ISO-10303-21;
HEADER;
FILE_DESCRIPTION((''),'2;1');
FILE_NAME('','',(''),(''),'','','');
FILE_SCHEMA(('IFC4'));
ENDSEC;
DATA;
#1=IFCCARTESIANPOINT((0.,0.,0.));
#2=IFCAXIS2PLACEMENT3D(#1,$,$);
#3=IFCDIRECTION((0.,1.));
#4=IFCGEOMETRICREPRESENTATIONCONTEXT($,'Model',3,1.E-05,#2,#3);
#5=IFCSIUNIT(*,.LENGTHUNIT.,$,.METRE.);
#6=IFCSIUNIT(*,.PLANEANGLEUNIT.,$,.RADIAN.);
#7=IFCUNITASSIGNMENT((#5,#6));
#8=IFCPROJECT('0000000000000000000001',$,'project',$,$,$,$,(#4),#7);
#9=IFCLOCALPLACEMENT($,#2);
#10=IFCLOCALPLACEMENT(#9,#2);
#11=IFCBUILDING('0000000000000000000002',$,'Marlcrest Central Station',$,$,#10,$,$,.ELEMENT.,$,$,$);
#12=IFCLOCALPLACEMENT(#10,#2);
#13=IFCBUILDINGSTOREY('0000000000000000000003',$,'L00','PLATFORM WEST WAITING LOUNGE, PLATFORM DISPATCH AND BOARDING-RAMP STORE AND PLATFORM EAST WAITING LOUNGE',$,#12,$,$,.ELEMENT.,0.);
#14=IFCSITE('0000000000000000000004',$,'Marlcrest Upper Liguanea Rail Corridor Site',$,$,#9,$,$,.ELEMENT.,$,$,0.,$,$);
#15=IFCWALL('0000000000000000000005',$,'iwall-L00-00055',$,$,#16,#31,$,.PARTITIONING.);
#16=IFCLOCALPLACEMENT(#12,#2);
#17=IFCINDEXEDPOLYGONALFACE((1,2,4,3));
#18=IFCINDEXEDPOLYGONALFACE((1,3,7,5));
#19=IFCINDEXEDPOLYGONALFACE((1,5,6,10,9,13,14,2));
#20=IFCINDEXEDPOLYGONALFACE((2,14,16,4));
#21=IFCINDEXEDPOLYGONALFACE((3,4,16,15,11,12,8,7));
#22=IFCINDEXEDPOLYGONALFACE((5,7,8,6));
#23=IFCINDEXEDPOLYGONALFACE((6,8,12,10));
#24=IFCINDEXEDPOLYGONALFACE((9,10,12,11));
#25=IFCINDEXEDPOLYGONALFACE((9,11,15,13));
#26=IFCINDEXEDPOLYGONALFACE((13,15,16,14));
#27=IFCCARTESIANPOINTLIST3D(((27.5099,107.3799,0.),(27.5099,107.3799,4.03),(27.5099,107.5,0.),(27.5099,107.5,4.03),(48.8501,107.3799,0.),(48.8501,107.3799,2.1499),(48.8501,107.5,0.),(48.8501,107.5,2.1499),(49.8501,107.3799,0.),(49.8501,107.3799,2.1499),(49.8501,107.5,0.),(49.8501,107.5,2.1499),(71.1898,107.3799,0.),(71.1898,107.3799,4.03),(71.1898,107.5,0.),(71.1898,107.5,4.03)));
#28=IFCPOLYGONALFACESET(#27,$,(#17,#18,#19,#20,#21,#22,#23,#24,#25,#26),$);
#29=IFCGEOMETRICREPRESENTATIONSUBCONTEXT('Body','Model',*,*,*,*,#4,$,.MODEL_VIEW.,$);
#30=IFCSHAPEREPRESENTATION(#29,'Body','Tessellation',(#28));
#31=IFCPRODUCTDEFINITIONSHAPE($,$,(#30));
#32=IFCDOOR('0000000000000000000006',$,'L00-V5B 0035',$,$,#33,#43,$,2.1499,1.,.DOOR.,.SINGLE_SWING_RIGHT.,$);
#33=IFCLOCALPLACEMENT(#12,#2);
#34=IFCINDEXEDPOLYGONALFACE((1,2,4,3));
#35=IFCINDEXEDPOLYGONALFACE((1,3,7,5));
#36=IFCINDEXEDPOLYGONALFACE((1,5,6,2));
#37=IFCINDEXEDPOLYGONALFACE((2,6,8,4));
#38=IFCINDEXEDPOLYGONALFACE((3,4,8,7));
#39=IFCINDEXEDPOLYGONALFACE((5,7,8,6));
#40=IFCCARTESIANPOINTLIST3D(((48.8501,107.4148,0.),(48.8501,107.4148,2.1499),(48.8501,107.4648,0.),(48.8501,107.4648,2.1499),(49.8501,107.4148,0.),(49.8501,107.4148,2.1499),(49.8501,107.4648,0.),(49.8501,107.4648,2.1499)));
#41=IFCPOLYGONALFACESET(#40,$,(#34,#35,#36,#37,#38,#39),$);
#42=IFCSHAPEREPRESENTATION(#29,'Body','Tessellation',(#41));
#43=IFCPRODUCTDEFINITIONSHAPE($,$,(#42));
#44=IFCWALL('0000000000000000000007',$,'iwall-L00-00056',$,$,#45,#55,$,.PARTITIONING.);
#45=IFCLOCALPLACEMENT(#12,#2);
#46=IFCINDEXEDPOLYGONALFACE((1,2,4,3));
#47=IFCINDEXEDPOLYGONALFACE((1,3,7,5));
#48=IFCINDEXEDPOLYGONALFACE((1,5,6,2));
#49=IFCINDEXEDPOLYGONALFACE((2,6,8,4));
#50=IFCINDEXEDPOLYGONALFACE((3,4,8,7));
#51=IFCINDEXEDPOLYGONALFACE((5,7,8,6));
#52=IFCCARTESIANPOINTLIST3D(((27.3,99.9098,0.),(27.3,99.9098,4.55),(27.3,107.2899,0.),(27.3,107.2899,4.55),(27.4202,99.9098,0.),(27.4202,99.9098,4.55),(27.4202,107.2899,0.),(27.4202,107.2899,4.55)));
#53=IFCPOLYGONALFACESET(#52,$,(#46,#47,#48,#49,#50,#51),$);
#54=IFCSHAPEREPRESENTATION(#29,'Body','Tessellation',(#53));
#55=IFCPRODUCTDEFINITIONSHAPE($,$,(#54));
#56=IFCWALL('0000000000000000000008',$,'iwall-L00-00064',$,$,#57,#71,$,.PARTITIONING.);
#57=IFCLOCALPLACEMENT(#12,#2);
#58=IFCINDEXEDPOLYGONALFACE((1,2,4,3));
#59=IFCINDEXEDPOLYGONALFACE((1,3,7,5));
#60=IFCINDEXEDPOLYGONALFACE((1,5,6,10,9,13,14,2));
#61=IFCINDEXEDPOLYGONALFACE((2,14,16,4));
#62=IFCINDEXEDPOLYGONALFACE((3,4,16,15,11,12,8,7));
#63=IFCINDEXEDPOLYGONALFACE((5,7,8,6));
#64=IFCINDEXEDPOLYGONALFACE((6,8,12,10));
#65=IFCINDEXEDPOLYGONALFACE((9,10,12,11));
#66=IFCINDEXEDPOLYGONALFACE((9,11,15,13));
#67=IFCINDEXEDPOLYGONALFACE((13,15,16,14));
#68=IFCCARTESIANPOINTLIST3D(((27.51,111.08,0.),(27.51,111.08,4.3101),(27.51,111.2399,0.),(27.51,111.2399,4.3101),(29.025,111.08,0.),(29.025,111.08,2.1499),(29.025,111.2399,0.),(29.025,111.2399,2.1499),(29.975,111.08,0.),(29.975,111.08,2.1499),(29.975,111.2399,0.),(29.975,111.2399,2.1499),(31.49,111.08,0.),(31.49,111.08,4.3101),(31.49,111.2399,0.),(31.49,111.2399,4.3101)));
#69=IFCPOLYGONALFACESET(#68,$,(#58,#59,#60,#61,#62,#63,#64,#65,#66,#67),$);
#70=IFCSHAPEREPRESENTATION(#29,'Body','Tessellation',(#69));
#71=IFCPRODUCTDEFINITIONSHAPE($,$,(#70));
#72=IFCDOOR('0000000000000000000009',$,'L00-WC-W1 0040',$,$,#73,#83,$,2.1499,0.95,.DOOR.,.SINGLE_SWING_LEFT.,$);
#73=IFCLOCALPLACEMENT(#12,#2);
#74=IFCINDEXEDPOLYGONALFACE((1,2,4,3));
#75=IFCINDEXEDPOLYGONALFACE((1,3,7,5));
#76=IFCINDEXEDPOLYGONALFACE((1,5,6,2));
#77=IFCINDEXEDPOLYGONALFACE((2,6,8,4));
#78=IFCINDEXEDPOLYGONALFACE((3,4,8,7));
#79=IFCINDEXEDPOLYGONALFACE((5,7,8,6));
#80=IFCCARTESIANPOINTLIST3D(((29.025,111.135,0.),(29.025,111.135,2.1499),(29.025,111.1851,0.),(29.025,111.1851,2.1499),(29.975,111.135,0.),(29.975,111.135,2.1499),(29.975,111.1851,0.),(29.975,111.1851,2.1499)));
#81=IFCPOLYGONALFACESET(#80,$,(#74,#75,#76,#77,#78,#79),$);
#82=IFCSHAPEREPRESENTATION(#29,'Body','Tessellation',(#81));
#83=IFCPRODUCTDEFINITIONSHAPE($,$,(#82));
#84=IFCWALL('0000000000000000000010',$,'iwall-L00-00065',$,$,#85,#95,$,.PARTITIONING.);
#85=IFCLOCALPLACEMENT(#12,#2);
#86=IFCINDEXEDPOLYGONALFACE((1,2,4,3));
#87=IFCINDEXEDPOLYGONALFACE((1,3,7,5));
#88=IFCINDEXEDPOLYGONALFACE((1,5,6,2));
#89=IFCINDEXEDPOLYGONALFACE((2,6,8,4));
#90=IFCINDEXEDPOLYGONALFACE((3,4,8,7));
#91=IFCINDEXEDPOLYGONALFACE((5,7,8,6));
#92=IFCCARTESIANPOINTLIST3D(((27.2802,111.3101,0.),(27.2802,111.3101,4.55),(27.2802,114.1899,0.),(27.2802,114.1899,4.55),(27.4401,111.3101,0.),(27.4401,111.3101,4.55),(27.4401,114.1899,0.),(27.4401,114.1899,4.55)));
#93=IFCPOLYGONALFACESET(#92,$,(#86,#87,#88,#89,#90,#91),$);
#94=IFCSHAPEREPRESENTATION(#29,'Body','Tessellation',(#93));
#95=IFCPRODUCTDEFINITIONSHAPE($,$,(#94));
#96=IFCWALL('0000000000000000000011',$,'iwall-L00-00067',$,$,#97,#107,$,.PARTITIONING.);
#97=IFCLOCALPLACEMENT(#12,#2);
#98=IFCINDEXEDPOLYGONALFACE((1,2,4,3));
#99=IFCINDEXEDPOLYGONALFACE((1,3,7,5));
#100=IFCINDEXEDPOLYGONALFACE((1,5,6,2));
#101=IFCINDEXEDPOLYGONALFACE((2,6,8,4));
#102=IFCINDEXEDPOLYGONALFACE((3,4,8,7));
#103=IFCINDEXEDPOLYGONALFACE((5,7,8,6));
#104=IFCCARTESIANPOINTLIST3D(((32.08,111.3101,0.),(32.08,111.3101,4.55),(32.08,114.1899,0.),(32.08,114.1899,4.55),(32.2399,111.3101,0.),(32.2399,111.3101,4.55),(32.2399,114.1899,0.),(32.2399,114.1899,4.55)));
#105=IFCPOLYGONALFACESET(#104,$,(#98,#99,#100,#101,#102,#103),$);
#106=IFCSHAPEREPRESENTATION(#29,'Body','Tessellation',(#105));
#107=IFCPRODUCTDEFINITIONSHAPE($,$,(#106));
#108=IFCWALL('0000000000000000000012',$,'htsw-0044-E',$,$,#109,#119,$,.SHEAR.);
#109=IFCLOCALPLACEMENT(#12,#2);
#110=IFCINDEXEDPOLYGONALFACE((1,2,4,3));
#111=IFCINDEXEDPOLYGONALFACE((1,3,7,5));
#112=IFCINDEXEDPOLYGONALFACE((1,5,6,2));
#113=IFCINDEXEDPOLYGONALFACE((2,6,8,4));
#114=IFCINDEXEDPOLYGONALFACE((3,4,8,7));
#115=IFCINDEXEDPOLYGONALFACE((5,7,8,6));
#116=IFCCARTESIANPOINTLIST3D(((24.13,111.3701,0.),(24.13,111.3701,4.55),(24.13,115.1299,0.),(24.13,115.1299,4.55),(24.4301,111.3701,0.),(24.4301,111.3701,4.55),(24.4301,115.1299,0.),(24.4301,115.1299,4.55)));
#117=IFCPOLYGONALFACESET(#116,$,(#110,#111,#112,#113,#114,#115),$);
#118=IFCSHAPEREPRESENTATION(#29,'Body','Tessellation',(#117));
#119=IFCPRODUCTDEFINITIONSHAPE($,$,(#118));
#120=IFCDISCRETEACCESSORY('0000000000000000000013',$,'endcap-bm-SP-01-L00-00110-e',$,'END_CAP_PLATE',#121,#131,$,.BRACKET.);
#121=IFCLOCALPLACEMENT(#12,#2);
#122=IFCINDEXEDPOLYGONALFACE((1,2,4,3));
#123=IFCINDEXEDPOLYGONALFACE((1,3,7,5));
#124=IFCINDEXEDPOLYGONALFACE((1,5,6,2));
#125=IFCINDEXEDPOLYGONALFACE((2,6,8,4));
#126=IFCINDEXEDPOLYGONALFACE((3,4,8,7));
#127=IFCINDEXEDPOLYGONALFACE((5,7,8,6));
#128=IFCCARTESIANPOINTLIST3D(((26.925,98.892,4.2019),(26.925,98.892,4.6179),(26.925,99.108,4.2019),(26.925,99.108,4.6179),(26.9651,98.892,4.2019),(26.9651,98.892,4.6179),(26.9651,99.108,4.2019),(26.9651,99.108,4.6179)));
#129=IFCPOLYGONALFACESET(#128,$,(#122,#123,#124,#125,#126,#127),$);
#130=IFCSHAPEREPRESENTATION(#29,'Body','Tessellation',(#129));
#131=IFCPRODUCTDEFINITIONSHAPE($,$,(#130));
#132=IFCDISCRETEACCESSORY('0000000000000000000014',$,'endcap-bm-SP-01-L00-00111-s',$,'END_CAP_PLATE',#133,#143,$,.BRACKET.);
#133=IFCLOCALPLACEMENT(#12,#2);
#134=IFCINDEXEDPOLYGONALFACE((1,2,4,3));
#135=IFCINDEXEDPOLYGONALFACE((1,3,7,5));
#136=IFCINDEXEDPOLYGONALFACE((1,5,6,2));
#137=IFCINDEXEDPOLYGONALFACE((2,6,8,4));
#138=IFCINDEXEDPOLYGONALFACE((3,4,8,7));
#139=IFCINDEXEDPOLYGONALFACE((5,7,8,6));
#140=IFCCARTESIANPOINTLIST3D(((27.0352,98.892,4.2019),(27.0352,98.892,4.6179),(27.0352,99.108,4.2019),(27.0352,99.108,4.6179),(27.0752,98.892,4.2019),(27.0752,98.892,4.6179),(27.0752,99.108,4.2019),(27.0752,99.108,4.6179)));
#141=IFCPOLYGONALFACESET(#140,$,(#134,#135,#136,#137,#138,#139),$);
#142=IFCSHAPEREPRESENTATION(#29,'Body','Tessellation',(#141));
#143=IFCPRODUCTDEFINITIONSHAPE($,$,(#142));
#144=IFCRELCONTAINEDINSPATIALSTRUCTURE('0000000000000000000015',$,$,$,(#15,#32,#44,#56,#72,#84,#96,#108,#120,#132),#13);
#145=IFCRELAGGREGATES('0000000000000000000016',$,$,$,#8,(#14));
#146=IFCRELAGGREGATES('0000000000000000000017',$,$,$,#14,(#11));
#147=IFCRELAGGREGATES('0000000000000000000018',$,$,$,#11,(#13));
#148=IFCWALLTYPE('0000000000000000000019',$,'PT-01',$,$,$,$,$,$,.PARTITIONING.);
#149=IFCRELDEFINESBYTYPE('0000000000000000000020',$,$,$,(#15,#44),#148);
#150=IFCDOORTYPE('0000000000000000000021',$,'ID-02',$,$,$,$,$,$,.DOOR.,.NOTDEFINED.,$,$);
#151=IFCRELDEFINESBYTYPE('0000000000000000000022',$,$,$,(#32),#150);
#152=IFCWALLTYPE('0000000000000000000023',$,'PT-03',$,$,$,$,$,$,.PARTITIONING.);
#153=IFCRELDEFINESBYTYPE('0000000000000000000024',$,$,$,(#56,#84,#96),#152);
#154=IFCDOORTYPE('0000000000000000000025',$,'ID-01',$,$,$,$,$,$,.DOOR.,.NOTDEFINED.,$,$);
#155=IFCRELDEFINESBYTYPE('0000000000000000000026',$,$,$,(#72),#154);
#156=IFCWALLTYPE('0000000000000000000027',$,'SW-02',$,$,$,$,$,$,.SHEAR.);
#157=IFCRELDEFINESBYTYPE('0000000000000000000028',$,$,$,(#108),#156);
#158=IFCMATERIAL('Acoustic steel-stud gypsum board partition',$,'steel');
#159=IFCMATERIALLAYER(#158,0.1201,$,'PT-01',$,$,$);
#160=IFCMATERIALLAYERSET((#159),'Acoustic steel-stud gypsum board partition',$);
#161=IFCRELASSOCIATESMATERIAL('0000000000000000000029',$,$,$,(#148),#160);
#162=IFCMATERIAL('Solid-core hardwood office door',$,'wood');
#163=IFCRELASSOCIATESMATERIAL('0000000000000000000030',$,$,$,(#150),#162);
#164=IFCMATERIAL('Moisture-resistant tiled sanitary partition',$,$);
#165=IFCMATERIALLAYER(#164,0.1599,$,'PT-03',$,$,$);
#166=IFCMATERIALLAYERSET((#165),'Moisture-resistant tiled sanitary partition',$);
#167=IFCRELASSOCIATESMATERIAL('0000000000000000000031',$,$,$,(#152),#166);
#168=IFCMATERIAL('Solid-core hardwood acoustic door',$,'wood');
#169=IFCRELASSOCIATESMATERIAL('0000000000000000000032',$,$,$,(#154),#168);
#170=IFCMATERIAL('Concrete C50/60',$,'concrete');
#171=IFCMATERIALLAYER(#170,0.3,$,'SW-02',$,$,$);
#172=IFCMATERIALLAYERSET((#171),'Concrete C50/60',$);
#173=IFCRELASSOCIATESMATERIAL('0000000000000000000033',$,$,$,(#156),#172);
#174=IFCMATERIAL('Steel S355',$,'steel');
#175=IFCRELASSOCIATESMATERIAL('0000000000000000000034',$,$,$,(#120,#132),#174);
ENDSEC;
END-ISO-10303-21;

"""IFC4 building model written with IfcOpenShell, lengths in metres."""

from ifc_helpers import new_model, si_unit, direction, frame, frame_2d, origin, origin_2d, place, context, subcontext, project, spatial, rectangle, extrude, material, layer, layer_set, type_object, element, fill, save


model = new_model("IFC4")

# Units and contexts
model_context = context("Model", 3, precision=1e-05, world=origin(), true_north=direction((0.0, 1.0)))
body_context = subcontext(model_context, "Body", "Model", "MODEL_VIEW")
ifc_project = project(units=[si_unit("LENGTHUNIT", "METRE"), si_unit("PLANEANGLEUNIT", "RADIAN")], contexts=[model_context])

# Site, building, storey
site_placement = place(None, origin())
site = spatial("IfcSite", under=ifc_project, at=site_placement, Name="Marlcrest Upper Liguanea Rail Corridor Site", CompositionType="ELEMENT", RefElevation=0.0)
building_placement = place(site_placement, origin())
building = spatial("IfcBuilding", under=site, at=building_placement, Name="Marlcrest Central Station", CompositionType="ELEMENT")
storey_placement = place(building_placement, origin())
storey = spatial("IfcBuildingStorey", under=building, at=storey_placement, Name="L00", Description="PLATFORM WEST WAITING LOUNGE, PLATFORM DISPATCH AND BOARDING-RAMP STORE AND PLATFORM EAST WAITING LOUNGE", CompositionType="ELEMENT", Elevation=0.0)

# Shared definitions
ifc_material_1 = material(Name="Steel S355", Category="steel")

# Wall, opening, door
ifc_material_2 = material(Name="Acoustic steel-stud gypsum board partition", Category="steel")
ifc_layer_1 = layer(ifc_material_2, 0.1201, Name="PT-01")
ifc_layer_set_1 = layer_set([ifc_layer_1], Name="Acoustic steel-stud gypsum board partition")
wall_type_1 = type_object("IfcWallType", Name="PT-01", PredefinedType="PARTITIONING", material=ifc_layer_set_1)
wall_1_placement = place(storey_placement, frame((27.51, 107.4399, 0.0), z_axis=(0.0, 0.0, 1.0), x_axis=(1.0, 0.0, 0.0)))
wall_1 = element("IfcWall", 1, at=wall_1_placement, inside=storey, type_object=wall_type_1, Name="iwall-L00-00055", PredefinedType="PARTITIONING", context=body_context, shape_type="SweptSolid", body=[
    extrude(rectangle(XDim=43.6799, YDim=0.1201, at=frame_2d((21.8398, 0.0))), origin(), (0.0, 0.0, 1.0), 4.03),
])
opening_1_placement = place(wall_1_placement, frame((21.3401, 0.0, 0.0)))
opening_1 = element("IfcOpeningElement", 2, at=opening_1_placement, cuts=wall_1, PredefinedType="OPENING", context=body_context, shape_type="SweptSolid", body=[
    extrude(rectangle(XDim=1.0, YDim=2.1499, at=frame_2d((0.5, 1.075))), frame((0.0, 0.0701, 0.0), z_axis=(0.0, -1.0, 0.0), x_axis=(1.0, 0.0, 0.0)), (0.0, 0.0, 1.0), 0.1401),
])
ifc_material_3 = material(Name="Solid-core hardwood office door", Category="wood")
door_type_1 = type_object("IfcDoorType", Name="ID-02", OperationType="NOTDEFINED", PredefinedType="DOOR", material=ifc_material_3)
door_1_placement = place(opening_1_placement, origin())
door_1 = element("IfcDoor", 3, at=door_1_placement, inside=storey, type_object=door_type_1, Name="L00-V5B 0035", OperationType="SINGLE_SWING_RIGHT", OverallHeight=2.1499, OverallWidth=1.0, PredefinedType="DOOR", context=body_context, shape_type="SweptSolid", body=[
    extrude(rectangle(XDim=1.0, YDim=2.1499, at=frame_2d((0.5, 1.075))), frame((0.0, 0.0249, 0.0), z_axis=(0.0, -1.0, 0.0), x_axis=(1.0, 0.0, 0.0)), (0.0, 0.0, 1.0), 0.05),
])
fill(opening_1, door_1)

# Wall
wall_2_placement = place(storey_placement, frame((27.3601, 99.9099, 0.0), z_axis=(0.0, 0.0, 1.0), x_axis=(0.0, 1.0, 0.0)))
element("IfcWall", 4, at=wall_2_placement, inside=storey, type_object=wall_type_1, Name="iwall-L00-00056", PredefinedType="PARTITIONING", context=body_context, shape_type="SweptSolid", body=[
    extrude(rectangle(XDim=7.3801, YDim=0.1201, at=frame_2d((3.6899, 0.0))), origin(), (0.0, 0.0, 1.0), 4.55),
])

# Wall, opening, door
ifc_material_4 = material(Name="Moisture-resistant tiled sanitary partition")
ifc_layer_2 = layer(ifc_material_4, 0.1599, Name="PT-03")
ifc_layer_set_2 = layer_set([ifc_layer_2], Name="Moisture-resistant tiled sanitary partition")
wall_type_2 = type_object("IfcWallType", Name="PT-03", PredefinedType="PARTITIONING", material=ifc_layer_set_2)
wall_3_placement = place(storey_placement, frame((31.49, 111.1599, 0.0), z_axis=(0.0, 0.0, 1.0), x_axis=(-1.0, 0.0, 0.0)))
wall_3 = element("IfcWall", 5, at=wall_3_placement, inside=storey, type_object=wall_type_2, Name="iwall-L00-00064", PredefinedType="PARTITIONING", context=body_context, shape_type="SweptSolid", body=[
    extrude(rectangle(XDim=3.98, YDim=0.1599, at=frame_2d((1.99, 0.0))), origin(), (0.0, 0.0, 1.0), 4.3101),
])
opening_2_placement = place(wall_3_placement, frame((1.5149, 0.0, 0.0)))
opening_2 = element("IfcOpeningElement", 6, at=opening_2_placement, cuts=wall_3, PredefinedType="OPENING", context=body_context, shape_type="SweptSolid", body=[
    extrude(rectangle(XDim=0.95, YDim=2.1499, at=frame_2d((0.4751, 1.075))), frame((0.0, 0.0898, 0.0), z_axis=(0.0, -1.0, 0.0), x_axis=(1.0, 0.0, 0.0)), (0.0, 0.0, 1.0), 0.1799),
])
ifc_material_5 = material(Name="Solid-core hardwood acoustic door", Category="wood")
door_type_2 = type_object("IfcDoorType", Name="ID-01", OperationType="NOTDEFINED", PredefinedType="DOOR", material=ifc_material_5)
door_2_placement = place(opening_2_placement, origin())
door_2 = element("IfcDoor", 7, at=door_2_placement, inside=storey, type_object=door_type_2, Name="L00-WC-W1 0040", OperationType="SINGLE_SWING_LEFT", OverallHeight=2.1499, OverallWidth=0.95, PredefinedType="DOOR", context=body_context, shape_type="SweptSolid", body=[
    extrude(rectangle(XDim=0.95, YDim=2.1499, at=frame_2d((0.4751, 1.075))), frame((0.0, 0.0249, 0.0), z_axis=(0.0, -1.0, 0.0), x_axis=(1.0, 0.0, 0.0)), (0.0, 0.0, 1.0), 0.05),
])
fill(opening_2, door_2)

# Walls
for number, where, z_axis, x_axis, name in (
    (8, (27.3601, 111.3101, 0.0), (0.0, 0.0, 1.0), (0.0, 1.0, 0.0), "iwall-L00-00065"),
    (9, (32.1599, 111.3101, 0.0), (0.0, 0.0, 1.0), (0.0, 1.0, 0.0), "iwall-L00-00067"),
):
    element("IfcWall", number, at=place(storey_placement, frame(where, z_axis=z_axis, x_axis=x_axis)), inside=storey, type_object=wall_type_2, Name=name, PredefinedType="PARTITIONING", context=body_context, shape_type="SweptSolid", body=[
        extrude(rectangle(XDim=2.8799, YDim=0.1599, at=frame_2d((1.4399, 0.0))), origin(), (0.0, 0.0, 1.0), 4.55),
    ])
ifc_material_6 = material(Name="Concrete C50/60", Category="concrete")
ifc_layer_3 = layer(ifc_material_6, 0.3, Name="SW-02")
ifc_layer_set_3 = layer_set([ifc_layer_3], Name="Concrete C50/60")
wall_type_3 = type_object("IfcWallType", Name="SW-02", PredefinedType="SHEAR", material=ifc_layer_set_3)
wall_4_placement = place(storey_placement, frame((24.28, 111.3701, 0.0), z_axis=(0.0, 0.0, 1.0), x_axis=(0.0, 1.0, 0.0)))
element("IfcWall", 10, at=wall_4_placement, inside=storey, type_object=wall_type_3, Name="htsw-0044-E", PredefinedType="SHEAR", context=body_context, shape_type="SweptSolid", body=[
    extrude(rectangle(XDim=3.7598, YDim=0.3, at=frame_2d((1.8799, 0.0))), origin(), (0.0, 0.0, 1.0), 4.55),
])

# Discrete accessories
for number, where, z_axis, x_axis, name in (
    (11, (26.925, 99.0, 4.4099), (1.0, 0.0, 0.0), (0.0, 1.0, 0.0), "endcap-bm-SP-01-L00-00110-e"),
    (12, (27.0352, 99.0, 4.4099), (1.0, 0.0, 0.0), (0.0, 1.0, 0.0), "endcap-bm-SP-01-L00-00111-s"),
):
    element("IfcDiscreteAccessory", number, at=place(storey_placement, frame(where, z_axis=z_axis, x_axis=x_axis)), inside=storey, material=ifc_material_1, Name=name, ObjectType="END_CAP_PLATE", PredefinedType="BRACKET", context=body_context, shape_type="SweptSolid", body=[
        extrude(rectangle(XDim=0.2161, YDim=0.416, at=origin_2d()), origin(), (0.0, 0.0, 1.0), 0.04),
    ])

save(model, "model.ifc")
